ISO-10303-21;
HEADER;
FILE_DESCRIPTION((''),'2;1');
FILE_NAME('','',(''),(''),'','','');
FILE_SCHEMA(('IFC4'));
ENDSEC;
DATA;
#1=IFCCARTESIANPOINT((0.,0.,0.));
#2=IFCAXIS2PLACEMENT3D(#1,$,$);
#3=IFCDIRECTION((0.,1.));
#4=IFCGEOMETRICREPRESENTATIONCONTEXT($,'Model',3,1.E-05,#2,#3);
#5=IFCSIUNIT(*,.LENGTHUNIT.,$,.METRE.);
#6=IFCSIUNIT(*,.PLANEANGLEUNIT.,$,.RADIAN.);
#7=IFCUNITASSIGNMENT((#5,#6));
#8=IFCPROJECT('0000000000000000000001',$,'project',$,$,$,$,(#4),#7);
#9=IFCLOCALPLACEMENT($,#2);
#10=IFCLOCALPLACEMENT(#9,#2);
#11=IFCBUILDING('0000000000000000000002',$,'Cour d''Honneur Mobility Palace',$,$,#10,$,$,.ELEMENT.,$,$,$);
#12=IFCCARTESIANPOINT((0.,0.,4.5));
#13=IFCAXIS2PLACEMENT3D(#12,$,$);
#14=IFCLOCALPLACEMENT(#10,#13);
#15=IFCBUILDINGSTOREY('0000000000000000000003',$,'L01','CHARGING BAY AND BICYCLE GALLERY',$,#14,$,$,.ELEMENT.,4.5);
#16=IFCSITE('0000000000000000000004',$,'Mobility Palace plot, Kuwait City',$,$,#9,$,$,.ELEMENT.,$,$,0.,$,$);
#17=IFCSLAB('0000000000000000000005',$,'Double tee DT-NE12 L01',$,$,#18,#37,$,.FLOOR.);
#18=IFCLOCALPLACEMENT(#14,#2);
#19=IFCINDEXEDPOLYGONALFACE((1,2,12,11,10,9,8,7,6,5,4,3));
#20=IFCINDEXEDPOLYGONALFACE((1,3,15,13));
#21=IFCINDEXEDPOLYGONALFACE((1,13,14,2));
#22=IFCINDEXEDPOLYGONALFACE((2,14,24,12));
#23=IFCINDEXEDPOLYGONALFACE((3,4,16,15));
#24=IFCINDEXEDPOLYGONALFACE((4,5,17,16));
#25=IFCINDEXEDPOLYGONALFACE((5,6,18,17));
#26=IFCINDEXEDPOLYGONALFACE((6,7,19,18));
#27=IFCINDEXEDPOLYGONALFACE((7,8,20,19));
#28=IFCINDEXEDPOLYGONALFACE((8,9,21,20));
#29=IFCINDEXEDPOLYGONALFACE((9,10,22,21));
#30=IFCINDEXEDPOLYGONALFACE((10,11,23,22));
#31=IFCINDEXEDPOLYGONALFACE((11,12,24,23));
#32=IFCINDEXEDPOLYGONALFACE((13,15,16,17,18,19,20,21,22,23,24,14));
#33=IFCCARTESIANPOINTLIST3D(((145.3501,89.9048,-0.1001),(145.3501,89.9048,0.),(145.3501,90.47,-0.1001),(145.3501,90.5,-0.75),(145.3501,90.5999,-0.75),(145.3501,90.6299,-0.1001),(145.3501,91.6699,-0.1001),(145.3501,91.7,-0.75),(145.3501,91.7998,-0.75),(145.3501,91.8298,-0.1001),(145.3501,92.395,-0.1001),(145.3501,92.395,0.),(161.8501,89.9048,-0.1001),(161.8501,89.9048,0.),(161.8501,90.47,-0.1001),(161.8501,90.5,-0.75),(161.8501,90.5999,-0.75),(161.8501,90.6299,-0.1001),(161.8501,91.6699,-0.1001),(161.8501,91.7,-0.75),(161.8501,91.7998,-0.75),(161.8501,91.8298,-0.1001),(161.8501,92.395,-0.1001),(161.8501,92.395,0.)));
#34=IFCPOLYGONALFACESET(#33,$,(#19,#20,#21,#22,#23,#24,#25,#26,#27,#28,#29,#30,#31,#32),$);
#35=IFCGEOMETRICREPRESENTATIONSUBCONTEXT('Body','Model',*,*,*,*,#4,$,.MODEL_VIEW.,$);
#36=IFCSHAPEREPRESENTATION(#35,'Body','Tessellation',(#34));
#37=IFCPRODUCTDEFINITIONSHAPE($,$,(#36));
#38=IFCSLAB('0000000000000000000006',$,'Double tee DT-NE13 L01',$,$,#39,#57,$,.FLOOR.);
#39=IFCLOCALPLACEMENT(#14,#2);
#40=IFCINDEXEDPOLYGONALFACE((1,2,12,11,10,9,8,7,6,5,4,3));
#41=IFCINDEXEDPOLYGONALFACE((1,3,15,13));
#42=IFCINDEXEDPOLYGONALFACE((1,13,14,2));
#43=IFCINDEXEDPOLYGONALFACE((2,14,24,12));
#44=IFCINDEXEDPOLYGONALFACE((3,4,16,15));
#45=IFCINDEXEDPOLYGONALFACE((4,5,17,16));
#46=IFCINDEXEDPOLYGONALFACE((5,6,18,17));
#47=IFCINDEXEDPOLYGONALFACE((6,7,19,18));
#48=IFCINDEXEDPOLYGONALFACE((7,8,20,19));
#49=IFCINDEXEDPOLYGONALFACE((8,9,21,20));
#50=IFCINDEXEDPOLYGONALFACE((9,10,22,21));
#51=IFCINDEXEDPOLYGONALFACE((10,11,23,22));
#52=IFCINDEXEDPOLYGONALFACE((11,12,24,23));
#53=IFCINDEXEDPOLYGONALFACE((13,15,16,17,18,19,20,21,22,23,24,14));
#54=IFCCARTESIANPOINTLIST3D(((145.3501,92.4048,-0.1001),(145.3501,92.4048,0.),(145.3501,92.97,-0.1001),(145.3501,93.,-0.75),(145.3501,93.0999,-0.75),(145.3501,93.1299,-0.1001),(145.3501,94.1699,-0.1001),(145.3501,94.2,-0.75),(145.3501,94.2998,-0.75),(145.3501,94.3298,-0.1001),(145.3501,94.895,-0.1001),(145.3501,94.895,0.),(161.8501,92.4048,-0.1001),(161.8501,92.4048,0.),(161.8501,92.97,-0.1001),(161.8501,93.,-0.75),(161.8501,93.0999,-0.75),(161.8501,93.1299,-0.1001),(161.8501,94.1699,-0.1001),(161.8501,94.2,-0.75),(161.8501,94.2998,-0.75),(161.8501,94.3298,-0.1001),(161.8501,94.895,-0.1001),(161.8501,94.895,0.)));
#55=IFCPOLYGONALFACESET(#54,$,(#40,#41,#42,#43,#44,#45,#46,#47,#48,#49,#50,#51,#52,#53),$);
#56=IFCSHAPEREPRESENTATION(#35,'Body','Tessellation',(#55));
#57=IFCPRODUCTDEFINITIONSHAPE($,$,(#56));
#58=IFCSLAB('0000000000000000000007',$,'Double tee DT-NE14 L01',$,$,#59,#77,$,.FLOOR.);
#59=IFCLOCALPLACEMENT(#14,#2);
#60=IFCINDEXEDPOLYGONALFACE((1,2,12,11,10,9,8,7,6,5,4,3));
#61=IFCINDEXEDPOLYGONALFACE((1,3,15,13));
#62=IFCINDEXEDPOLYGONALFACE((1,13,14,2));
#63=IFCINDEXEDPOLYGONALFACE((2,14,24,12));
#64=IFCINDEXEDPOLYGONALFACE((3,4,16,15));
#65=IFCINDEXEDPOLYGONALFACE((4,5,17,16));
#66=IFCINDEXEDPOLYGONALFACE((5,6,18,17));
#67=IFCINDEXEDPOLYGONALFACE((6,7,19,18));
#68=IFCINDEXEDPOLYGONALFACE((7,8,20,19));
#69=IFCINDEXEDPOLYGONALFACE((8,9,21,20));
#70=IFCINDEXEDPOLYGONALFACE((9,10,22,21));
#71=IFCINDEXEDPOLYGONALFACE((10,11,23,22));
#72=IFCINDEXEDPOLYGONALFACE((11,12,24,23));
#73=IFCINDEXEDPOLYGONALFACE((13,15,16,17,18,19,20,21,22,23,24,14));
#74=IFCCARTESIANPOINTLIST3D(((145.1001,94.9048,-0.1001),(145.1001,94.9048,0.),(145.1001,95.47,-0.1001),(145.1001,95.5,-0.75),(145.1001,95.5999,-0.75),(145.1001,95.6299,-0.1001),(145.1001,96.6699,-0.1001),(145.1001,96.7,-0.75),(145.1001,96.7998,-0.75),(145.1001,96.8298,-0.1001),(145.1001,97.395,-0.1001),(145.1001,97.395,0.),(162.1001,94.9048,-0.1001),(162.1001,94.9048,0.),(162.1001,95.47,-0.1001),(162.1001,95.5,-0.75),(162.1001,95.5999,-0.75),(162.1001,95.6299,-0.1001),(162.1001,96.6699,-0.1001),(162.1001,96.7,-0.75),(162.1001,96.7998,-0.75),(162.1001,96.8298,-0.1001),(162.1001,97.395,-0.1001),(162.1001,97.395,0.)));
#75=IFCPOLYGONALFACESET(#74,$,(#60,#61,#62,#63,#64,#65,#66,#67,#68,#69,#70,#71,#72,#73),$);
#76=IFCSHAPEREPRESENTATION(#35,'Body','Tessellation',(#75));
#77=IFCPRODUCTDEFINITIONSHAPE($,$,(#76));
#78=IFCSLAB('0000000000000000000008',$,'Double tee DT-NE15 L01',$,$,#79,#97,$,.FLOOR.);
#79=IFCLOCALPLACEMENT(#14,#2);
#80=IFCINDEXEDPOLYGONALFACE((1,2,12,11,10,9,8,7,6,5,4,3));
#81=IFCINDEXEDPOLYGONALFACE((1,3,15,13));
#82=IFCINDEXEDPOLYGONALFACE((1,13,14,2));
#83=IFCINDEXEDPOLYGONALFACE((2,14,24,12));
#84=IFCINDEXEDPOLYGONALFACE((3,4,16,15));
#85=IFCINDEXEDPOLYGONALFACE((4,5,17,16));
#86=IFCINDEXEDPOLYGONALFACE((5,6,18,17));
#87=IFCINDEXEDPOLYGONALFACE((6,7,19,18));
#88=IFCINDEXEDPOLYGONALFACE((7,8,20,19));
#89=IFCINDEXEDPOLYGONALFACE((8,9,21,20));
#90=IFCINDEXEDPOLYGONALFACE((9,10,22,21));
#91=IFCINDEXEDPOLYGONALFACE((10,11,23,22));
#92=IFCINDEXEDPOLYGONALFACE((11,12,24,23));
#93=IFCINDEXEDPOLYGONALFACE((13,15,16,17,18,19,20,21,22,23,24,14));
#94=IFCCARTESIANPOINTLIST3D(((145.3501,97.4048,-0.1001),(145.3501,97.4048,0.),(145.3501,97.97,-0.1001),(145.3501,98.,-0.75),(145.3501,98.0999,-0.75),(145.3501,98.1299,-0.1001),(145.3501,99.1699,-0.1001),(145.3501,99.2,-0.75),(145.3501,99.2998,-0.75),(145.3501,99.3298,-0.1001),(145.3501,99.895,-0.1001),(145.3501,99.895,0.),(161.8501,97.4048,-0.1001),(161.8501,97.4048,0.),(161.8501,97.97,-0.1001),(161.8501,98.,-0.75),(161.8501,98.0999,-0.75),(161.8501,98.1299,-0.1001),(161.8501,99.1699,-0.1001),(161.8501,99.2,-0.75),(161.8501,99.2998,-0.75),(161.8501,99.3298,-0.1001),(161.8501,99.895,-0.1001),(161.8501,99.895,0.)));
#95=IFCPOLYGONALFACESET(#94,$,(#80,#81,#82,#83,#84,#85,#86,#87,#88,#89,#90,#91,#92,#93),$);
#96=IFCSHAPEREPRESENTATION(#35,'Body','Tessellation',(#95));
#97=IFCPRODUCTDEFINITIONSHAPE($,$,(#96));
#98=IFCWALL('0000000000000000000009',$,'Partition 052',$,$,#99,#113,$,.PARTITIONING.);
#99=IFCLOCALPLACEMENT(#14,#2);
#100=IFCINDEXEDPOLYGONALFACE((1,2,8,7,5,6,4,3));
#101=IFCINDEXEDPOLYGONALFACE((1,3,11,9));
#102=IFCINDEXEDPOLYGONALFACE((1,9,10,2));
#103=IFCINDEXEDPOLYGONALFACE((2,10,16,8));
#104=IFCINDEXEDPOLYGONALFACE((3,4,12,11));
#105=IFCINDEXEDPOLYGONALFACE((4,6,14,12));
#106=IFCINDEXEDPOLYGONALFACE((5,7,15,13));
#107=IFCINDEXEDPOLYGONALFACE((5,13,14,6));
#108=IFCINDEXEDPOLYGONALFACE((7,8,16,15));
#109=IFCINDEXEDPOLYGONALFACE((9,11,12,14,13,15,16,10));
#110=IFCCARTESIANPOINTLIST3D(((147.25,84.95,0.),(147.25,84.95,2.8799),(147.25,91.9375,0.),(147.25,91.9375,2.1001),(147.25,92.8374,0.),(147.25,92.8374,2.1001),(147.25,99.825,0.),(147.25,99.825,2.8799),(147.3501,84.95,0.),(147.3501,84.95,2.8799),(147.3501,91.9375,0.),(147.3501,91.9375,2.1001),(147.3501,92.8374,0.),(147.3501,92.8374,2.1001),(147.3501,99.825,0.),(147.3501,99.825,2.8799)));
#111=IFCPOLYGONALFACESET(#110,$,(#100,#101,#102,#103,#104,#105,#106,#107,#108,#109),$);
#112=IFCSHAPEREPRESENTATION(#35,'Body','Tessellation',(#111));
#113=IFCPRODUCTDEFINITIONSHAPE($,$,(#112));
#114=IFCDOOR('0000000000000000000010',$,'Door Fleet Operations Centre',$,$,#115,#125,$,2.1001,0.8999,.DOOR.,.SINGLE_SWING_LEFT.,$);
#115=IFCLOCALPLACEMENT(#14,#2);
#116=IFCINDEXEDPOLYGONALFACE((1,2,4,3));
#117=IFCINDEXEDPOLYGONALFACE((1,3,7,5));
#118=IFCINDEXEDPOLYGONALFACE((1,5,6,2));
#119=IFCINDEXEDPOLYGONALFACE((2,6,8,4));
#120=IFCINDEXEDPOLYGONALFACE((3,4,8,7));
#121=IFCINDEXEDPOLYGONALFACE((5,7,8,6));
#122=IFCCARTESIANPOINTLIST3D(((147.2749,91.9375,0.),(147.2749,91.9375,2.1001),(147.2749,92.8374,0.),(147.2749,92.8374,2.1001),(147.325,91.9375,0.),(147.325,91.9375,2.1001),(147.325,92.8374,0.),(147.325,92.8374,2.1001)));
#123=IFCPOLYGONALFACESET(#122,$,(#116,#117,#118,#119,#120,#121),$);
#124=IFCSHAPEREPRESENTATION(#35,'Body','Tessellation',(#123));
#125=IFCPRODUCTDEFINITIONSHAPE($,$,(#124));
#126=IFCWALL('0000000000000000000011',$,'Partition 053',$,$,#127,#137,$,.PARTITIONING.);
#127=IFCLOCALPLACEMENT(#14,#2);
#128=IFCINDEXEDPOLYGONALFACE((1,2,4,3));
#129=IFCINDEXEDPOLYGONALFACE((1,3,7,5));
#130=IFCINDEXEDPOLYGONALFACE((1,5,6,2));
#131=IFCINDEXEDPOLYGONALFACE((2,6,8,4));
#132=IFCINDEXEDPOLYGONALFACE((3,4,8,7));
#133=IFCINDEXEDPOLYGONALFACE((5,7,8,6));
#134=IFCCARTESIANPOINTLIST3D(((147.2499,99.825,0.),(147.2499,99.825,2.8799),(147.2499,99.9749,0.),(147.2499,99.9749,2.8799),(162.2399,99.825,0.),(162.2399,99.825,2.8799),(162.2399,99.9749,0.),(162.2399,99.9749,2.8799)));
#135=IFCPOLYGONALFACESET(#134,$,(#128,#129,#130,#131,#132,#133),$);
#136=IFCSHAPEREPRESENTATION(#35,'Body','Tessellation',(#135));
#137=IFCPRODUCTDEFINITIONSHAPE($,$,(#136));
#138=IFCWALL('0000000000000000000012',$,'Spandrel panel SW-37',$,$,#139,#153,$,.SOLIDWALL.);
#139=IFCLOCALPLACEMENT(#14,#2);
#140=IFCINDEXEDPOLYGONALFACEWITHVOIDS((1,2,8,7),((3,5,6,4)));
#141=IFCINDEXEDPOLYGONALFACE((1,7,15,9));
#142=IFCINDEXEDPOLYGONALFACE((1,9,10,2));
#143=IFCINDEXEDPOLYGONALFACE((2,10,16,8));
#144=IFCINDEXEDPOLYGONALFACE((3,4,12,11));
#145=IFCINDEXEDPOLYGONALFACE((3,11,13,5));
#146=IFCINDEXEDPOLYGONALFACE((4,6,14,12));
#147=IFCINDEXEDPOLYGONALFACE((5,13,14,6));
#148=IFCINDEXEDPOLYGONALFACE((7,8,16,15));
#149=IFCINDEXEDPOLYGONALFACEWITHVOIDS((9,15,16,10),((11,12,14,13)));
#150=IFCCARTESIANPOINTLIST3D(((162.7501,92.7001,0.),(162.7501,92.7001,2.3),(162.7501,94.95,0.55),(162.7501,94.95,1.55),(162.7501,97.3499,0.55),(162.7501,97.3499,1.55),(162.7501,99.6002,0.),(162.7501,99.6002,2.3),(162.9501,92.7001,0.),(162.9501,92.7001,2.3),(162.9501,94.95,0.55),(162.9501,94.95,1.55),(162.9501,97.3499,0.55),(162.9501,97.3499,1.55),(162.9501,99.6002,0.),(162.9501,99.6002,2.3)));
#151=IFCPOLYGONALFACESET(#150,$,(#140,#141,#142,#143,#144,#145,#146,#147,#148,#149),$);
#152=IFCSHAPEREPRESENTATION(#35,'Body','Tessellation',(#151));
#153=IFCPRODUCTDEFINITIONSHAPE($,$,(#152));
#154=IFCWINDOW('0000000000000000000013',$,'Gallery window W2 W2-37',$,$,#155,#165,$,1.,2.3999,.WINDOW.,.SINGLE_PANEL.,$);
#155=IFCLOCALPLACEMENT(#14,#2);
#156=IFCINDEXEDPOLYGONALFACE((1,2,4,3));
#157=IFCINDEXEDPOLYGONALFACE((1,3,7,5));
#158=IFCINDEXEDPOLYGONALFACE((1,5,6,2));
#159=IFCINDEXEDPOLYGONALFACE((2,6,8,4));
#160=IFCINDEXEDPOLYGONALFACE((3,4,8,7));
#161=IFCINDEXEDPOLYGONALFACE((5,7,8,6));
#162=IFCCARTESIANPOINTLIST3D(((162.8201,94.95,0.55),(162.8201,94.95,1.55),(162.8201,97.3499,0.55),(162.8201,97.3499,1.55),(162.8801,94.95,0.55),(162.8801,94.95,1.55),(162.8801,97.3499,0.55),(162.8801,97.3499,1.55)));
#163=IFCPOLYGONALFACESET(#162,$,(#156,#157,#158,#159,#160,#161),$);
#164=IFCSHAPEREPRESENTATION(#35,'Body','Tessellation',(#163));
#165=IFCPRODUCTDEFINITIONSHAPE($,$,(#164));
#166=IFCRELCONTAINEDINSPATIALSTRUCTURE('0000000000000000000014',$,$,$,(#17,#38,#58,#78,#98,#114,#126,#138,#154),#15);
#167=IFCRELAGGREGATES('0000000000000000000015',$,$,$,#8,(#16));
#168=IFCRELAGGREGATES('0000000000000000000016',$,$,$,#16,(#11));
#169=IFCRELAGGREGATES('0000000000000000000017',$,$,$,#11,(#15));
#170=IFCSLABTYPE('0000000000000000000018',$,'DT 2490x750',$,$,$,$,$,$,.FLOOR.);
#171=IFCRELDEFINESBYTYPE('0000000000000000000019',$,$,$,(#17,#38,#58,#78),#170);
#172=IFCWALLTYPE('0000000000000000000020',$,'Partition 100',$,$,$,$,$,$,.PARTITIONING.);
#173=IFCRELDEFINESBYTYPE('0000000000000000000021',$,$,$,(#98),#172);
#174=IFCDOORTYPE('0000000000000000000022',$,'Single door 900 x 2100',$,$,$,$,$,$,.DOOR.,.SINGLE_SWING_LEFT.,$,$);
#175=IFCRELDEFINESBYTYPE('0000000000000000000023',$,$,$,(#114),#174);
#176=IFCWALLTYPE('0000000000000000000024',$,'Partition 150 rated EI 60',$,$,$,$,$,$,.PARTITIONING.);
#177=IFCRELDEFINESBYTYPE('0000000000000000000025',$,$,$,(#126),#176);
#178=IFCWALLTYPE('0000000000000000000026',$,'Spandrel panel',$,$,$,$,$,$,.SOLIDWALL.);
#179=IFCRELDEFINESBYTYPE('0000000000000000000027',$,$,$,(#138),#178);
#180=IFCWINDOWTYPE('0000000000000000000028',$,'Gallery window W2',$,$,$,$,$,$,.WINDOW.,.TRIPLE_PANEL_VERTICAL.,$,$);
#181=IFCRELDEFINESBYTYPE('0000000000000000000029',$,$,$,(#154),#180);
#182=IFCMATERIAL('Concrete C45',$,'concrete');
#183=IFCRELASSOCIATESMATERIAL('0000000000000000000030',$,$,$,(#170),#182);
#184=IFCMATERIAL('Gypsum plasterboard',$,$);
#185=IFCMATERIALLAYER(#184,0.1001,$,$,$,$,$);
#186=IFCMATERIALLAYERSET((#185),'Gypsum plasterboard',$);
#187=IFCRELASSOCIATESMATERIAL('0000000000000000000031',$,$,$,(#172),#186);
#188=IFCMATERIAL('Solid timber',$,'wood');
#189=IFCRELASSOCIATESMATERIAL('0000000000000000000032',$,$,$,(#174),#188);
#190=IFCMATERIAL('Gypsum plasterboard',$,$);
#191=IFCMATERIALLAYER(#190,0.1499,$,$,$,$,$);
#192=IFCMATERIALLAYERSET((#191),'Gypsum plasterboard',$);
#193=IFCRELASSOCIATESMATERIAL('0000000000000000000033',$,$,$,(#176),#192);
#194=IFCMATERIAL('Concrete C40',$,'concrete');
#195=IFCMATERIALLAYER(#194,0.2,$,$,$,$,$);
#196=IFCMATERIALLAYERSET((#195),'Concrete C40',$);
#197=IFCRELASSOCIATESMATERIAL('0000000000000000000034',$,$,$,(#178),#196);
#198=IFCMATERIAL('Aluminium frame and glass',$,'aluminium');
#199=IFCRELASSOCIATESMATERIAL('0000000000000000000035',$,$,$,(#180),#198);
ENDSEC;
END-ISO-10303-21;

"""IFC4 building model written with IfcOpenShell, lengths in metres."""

from ifc_helpers import new_model, si_unit, direction, frame, frame_2d, origin, place, context, subcontext, project, spatial, polyline, rectangle, outline, extrude, material, layer, layer_set, material_profile, profile_set, type_object, element, fill, save


model = new_model("IFC4")

# Units and contexts
model_context = context("Model", 3, precision=1e-05, world=origin(), true_north=direction((0.0, 1.0)))
body_context = subcontext(model_context, "Body", "Model", "MODEL_VIEW")
ifc_project = project(units=[si_unit("LENGTHUNIT", "METRE"), si_unit("PLANEANGLEUNIT", "RADIAN")], contexts=[model_context])

# Site, building, storey
site_placement = place(None, origin())
site = spatial("IfcSite", under=ifc_project, at=site_placement, Name="Mobility Palace plot, Kuwait City", CompositionType="ELEMENT", RefElevation=0.0)
building_placement = place(site_placement, origin())
building = spatial("IfcBuilding", under=site, at=building_placement, Name="Cour d'Honneur Mobility Palace", CompositionType="ELEMENT")
storey_placement = place(building_placement, frame((0.0, 0.0, 4.5)))
storey = spatial("IfcBuildingStorey", under=building, at=storey_placement, Name="L01", Description="CHARGING BAY AND BICYCLE GALLERY", CompositionType="ELEMENT", Elevation=4.5)

# Slabs
ifc_material_1 = material(Name="Concrete C45", Category="concrete")
ifc_material_profile_1 = material_profile(ifc_material_1, outline(polyline([(-1.2451, 0.0), (1.2451, 0.0), (1.2451, -0.1001), (0.6799, -0.1001), (0.6499, -0.75), (0.55, -0.75), (0.52, -0.1001), (-0.52, -0.1001), (-0.55, -0.75), (-0.6499, -0.75), (-0.6799, -0.1001), (-1.2451, -0.1001), (-1.2451, 0.0)])), Name="DT 2490x750")
ifc_profile_set_1 = profile_set([ifc_material_profile_1], Name="Concrete C45")
slab_type = type_object("IfcSlabType", Name="DT 2490x750", PredefinedType="FLOOR", material=ifc_profile_set_1)
for number, where, z_axis, x_axis, name in (
    (1, (145.3501, 91.1499, 0.0), (1.0, 0.0, 0.0), (0.0, 1.0, 0.0), "Double tee DT-NE12 L01"),
    (2, (145.3501, 93.6499, 0.0), (1.0, 0.0, 0.0), (0.0, 1.0, 0.0), "Double tee DT-NE13 L01"),
):
    element("IfcSlab", number, at=place(storey_placement, frame(where, z_axis=z_axis, x_axis=x_axis)), inside=storey, type_object=slab_type, Name=name, PredefinedType="FLOOR", context=body_context, shape_type="SweptSolid", body=[
        extrude(outline(polyline([(-1.2451, 0.0), (1.2451, 0.0), (1.2451, -0.1001), (0.6799, -0.1001), (0.6499, -0.75), (0.55, -0.75), (0.52, -0.1001), (-0.52, -0.1001), (-0.55, -0.75), (-0.6499, -0.75), (-0.6799, -0.1001), (-1.2451, -0.1001), (-1.2451, 0.0)])), origin(), (0.0, 0.0, 1.0), 16.5),
    ])
slab_1_placement = place(storey_placement, frame((145.1001, 96.1499, 0.0), z_axis=(1.0, 0.0, 0.0), x_axis=(0.0, 1.0, 0.0)))
element("IfcSlab", 3, at=slab_1_placement, inside=storey, type_object=slab_type, Name="Double tee DT-NE14 L01", PredefinedType="FLOOR", context=body_context, shape_type="SweptSolid", body=[
    extrude(outline(polyline([(-1.2451, 0.0), (1.2451, 0.0), (1.2451, -0.1001), (0.6799, -0.1001), (0.6499, -0.75), (0.55, -0.75), (0.52, -0.1001), (-0.52, -0.1001), (-0.55, -0.75), (-0.6499, -0.75), (-0.6799, -0.1001), (-1.2451, -0.1001), (-1.2451, 0.0)])), origin(), (0.0, 0.0, 1.0), 17.0),
])
slab_2_placement = place(storey_placement, frame((145.3501, 98.6499, 0.0), z_axis=(1.0, 0.0, 0.0), x_axis=(0.0, 1.0, 0.0)))
element("IfcSlab", 4, at=slab_2_placement, inside=storey, type_object=slab_type, Name="Double tee DT-NE15 L01", PredefinedType="FLOOR", context=body_context, shape_type="SweptSolid", body=[
    extrude(outline(polyline([(-1.2451, 0.0), (1.2451, 0.0), (1.2451, -0.1001), (0.6799, -0.1001), (0.6499, -0.75), (0.55, -0.75), (0.52, -0.1001), (-0.52, -0.1001), (-0.55, -0.75), (-0.6499, -0.75), (-0.6799, -0.1001), (-1.2451, -0.1001), (-1.2451, 0.0)])), origin(), (0.0, 0.0, 1.0), 16.5),
])

# Wall, opening, door
ifc_material_2 = material(Name="Gypsum plasterboard")
ifc_layer_1 = layer(ifc_material_2, 0.1001)
ifc_layer_set_1 = layer_set([ifc_layer_1], Name="Gypsum plasterboard")
wall_type_1 = type_object("IfcWallType", Name="Partition 100", PredefinedType="PARTITIONING", material=ifc_layer_set_1)
wall_1_placement = place(storey_placement, frame((147.3, 99.825, 0.0), z_axis=(0.0, 0.0, 1.0), x_axis=(0.0, -1.0, 0.0)))
wall_1 = element("IfcWall", 5, at=wall_1_placement, inside=storey, type_object=wall_type_1, Name="Partition 052", PredefinedType="PARTITIONING", context=body_context, shape_type="SweptSolid", body=[
    extrude(rectangle(XDim=14.875, YDim=0.1001, at=frame_2d((7.4375, 0.0))), origin(), (0.0, 0.0, 1.0), 2.8799),
])
opening_1_placement = place(wall_1_placement, frame((6.9875, 0.0, 0.0)))
opening_1 = element("IfcOpeningElement", 6, at=opening_1_placement, cuts=wall_1, PredefinedType="OPENING", context=body_context, shape_type="SweptSolid", body=[
    extrude(rectangle(XDim=0.8999, YDim=2.1001, at=frame_2d((0.45, 1.05))), frame((0.0, 0.0601, 0.0), z_axis=(0.0, -1.0, 0.0), x_axis=(1.0, 0.0, 0.0)), (0.0, 0.0, 1.0), 0.1201),
])
ifc_material_3 = material(Name="Solid timber", Category="wood")
door_type = type_object("IfcDoorType", Name="Single door 900 x 2100", OperationType="SINGLE_SWING_LEFT", PredefinedType="DOOR", material=ifc_material_3)
door_placement = place(opening_1_placement, origin())
door = element("IfcDoor", 7, at=door_placement, inside=storey, type_object=door_type, Name="Door Fleet Operations Centre", OperationType="SINGLE_SWING_LEFT", OverallHeight=2.1001, OverallWidth=0.8999, PredefinedType="DOOR", context=body_context, shape_type="SweptSolid", body=[
    extrude(rectangle(XDim=0.8999, YDim=2.1001, at=frame_2d((0.45, 1.05))), frame((0.0, 0.0249, 0.0), z_axis=(0.0, -1.0, 0.0), x_axis=(1.0, 0.0, 0.0)), (0.0, 0.0, 1.0), 0.05),
])
fill(opening_1, door)

# Wall
ifc_material_4 = material(Name="Gypsum plasterboard")
ifc_layer_2 = layer(ifc_material_4, 0.1499)
ifc_layer_set_2 = layer_set([ifc_layer_2], Name="Gypsum plasterboard")
wall_type_2 = type_object("IfcWallType", Name="Partition 150 rated EI 60", PredefinedType="PARTITIONING", material=ifc_layer_set_2)
wall_2_placement = place(storey_placement, frame((162.24, 99.8999, 0.0), z_axis=(0.0, 0.0, 1.0), x_axis=(-1.0, 0.0, 0.0)))
element("IfcWall", 8, at=wall_2_placement, inside=storey, type_object=wall_type_2, Name="Partition 053", PredefinedType="PARTITIONING", context=body_context, shape_type="SweptSolid", body=[
    extrude(rectangle(XDim=14.99, YDim=0.1499, at=frame_2d((7.4951, 0.0))), origin(), (0.0, 0.0, 1.0), 2.8799),
])

# Wall, opening, window
ifc_material_5 = material(Name="Concrete C40", Category="concrete")
ifc_layer_3 = layer(ifc_material_5, 0.2)
ifc_layer_set_3 = layer_set([ifc_layer_3], Name="Concrete C40")
wall_type_3 = type_object("IfcWallType", Name="Spandrel panel", PredefinedType="SOLIDWALL", material=ifc_layer_set_3)
wall_3_placement = place(storey_placement, frame((162.8501, 92.7, 0.0), z_axis=(0.0, 0.0, 1.0), x_axis=(0.0, 1.0, 0.0)))
wall_3 = element("IfcWall", 9, at=wall_3_placement, inside=storey, type_object=wall_type_3, Name="Spandrel panel SW-37", PredefinedType="SOLIDWALL", context=body_context, shape_type="SweptSolid", body=[
    extrude(rectangle(XDim=6.9001, YDim=0.2, at=frame_2d((3.4502, 0.0))), origin(), (0.0, 0.0, 1.0), 2.3),
])
opening_2_placement = place(wall_3_placement, frame((2.25, 0.0, 0.55)))
opening_2 = element("IfcOpeningElement", 10, at=opening_2_placement, cuts=wall_3, PredefinedType="OPENING", context=body_context, shape_type="SweptSolid", body=[
    extrude(rectangle(XDim=2.3999, YDim=1.0, at=frame_2d((1.2, 0.5))), frame((0.0, 0.1099, 0.0), z_axis=(0.0, -1.0, 0.0), x_axis=(1.0, 0.0, 0.0)), (0.0, 0.0, 1.0), 0.22),
])
ifc_material_6 = material(Name="Aluminium frame and glass", Category="aluminium")
window_type = type_object("IfcWindowType", Name="Gallery window W2", PartitioningType="TRIPLE_PANEL_VERTICAL", PredefinedType="WINDOW", material=ifc_material_6)
window_1_placement = place(opening_2_placement, origin())
window_1 = element("IfcWindow", 11, at=window_1_placement, inside=storey, type_object=window_type, Name="Gallery window W2 W2-37", OverallHeight=1.0, OverallWidth=2.3999, PartitioningType="SINGLE_PANEL", PredefinedType="WINDOW", context=body_context, shape_type="SweptSolid", body=[
    extrude(rectangle(XDim=2.3999, YDim=1.0, at=frame_2d((1.2, 0.5))), frame((0.0, 0.03, 0.0), z_axis=(0.0, -1.0, 0.0), x_axis=(1.0, 0.0, 0.0)), (0.0, 0.0, 1.0), 0.0601),
])
fill(opening_2, window_1)

save(model, "model.ifc")
